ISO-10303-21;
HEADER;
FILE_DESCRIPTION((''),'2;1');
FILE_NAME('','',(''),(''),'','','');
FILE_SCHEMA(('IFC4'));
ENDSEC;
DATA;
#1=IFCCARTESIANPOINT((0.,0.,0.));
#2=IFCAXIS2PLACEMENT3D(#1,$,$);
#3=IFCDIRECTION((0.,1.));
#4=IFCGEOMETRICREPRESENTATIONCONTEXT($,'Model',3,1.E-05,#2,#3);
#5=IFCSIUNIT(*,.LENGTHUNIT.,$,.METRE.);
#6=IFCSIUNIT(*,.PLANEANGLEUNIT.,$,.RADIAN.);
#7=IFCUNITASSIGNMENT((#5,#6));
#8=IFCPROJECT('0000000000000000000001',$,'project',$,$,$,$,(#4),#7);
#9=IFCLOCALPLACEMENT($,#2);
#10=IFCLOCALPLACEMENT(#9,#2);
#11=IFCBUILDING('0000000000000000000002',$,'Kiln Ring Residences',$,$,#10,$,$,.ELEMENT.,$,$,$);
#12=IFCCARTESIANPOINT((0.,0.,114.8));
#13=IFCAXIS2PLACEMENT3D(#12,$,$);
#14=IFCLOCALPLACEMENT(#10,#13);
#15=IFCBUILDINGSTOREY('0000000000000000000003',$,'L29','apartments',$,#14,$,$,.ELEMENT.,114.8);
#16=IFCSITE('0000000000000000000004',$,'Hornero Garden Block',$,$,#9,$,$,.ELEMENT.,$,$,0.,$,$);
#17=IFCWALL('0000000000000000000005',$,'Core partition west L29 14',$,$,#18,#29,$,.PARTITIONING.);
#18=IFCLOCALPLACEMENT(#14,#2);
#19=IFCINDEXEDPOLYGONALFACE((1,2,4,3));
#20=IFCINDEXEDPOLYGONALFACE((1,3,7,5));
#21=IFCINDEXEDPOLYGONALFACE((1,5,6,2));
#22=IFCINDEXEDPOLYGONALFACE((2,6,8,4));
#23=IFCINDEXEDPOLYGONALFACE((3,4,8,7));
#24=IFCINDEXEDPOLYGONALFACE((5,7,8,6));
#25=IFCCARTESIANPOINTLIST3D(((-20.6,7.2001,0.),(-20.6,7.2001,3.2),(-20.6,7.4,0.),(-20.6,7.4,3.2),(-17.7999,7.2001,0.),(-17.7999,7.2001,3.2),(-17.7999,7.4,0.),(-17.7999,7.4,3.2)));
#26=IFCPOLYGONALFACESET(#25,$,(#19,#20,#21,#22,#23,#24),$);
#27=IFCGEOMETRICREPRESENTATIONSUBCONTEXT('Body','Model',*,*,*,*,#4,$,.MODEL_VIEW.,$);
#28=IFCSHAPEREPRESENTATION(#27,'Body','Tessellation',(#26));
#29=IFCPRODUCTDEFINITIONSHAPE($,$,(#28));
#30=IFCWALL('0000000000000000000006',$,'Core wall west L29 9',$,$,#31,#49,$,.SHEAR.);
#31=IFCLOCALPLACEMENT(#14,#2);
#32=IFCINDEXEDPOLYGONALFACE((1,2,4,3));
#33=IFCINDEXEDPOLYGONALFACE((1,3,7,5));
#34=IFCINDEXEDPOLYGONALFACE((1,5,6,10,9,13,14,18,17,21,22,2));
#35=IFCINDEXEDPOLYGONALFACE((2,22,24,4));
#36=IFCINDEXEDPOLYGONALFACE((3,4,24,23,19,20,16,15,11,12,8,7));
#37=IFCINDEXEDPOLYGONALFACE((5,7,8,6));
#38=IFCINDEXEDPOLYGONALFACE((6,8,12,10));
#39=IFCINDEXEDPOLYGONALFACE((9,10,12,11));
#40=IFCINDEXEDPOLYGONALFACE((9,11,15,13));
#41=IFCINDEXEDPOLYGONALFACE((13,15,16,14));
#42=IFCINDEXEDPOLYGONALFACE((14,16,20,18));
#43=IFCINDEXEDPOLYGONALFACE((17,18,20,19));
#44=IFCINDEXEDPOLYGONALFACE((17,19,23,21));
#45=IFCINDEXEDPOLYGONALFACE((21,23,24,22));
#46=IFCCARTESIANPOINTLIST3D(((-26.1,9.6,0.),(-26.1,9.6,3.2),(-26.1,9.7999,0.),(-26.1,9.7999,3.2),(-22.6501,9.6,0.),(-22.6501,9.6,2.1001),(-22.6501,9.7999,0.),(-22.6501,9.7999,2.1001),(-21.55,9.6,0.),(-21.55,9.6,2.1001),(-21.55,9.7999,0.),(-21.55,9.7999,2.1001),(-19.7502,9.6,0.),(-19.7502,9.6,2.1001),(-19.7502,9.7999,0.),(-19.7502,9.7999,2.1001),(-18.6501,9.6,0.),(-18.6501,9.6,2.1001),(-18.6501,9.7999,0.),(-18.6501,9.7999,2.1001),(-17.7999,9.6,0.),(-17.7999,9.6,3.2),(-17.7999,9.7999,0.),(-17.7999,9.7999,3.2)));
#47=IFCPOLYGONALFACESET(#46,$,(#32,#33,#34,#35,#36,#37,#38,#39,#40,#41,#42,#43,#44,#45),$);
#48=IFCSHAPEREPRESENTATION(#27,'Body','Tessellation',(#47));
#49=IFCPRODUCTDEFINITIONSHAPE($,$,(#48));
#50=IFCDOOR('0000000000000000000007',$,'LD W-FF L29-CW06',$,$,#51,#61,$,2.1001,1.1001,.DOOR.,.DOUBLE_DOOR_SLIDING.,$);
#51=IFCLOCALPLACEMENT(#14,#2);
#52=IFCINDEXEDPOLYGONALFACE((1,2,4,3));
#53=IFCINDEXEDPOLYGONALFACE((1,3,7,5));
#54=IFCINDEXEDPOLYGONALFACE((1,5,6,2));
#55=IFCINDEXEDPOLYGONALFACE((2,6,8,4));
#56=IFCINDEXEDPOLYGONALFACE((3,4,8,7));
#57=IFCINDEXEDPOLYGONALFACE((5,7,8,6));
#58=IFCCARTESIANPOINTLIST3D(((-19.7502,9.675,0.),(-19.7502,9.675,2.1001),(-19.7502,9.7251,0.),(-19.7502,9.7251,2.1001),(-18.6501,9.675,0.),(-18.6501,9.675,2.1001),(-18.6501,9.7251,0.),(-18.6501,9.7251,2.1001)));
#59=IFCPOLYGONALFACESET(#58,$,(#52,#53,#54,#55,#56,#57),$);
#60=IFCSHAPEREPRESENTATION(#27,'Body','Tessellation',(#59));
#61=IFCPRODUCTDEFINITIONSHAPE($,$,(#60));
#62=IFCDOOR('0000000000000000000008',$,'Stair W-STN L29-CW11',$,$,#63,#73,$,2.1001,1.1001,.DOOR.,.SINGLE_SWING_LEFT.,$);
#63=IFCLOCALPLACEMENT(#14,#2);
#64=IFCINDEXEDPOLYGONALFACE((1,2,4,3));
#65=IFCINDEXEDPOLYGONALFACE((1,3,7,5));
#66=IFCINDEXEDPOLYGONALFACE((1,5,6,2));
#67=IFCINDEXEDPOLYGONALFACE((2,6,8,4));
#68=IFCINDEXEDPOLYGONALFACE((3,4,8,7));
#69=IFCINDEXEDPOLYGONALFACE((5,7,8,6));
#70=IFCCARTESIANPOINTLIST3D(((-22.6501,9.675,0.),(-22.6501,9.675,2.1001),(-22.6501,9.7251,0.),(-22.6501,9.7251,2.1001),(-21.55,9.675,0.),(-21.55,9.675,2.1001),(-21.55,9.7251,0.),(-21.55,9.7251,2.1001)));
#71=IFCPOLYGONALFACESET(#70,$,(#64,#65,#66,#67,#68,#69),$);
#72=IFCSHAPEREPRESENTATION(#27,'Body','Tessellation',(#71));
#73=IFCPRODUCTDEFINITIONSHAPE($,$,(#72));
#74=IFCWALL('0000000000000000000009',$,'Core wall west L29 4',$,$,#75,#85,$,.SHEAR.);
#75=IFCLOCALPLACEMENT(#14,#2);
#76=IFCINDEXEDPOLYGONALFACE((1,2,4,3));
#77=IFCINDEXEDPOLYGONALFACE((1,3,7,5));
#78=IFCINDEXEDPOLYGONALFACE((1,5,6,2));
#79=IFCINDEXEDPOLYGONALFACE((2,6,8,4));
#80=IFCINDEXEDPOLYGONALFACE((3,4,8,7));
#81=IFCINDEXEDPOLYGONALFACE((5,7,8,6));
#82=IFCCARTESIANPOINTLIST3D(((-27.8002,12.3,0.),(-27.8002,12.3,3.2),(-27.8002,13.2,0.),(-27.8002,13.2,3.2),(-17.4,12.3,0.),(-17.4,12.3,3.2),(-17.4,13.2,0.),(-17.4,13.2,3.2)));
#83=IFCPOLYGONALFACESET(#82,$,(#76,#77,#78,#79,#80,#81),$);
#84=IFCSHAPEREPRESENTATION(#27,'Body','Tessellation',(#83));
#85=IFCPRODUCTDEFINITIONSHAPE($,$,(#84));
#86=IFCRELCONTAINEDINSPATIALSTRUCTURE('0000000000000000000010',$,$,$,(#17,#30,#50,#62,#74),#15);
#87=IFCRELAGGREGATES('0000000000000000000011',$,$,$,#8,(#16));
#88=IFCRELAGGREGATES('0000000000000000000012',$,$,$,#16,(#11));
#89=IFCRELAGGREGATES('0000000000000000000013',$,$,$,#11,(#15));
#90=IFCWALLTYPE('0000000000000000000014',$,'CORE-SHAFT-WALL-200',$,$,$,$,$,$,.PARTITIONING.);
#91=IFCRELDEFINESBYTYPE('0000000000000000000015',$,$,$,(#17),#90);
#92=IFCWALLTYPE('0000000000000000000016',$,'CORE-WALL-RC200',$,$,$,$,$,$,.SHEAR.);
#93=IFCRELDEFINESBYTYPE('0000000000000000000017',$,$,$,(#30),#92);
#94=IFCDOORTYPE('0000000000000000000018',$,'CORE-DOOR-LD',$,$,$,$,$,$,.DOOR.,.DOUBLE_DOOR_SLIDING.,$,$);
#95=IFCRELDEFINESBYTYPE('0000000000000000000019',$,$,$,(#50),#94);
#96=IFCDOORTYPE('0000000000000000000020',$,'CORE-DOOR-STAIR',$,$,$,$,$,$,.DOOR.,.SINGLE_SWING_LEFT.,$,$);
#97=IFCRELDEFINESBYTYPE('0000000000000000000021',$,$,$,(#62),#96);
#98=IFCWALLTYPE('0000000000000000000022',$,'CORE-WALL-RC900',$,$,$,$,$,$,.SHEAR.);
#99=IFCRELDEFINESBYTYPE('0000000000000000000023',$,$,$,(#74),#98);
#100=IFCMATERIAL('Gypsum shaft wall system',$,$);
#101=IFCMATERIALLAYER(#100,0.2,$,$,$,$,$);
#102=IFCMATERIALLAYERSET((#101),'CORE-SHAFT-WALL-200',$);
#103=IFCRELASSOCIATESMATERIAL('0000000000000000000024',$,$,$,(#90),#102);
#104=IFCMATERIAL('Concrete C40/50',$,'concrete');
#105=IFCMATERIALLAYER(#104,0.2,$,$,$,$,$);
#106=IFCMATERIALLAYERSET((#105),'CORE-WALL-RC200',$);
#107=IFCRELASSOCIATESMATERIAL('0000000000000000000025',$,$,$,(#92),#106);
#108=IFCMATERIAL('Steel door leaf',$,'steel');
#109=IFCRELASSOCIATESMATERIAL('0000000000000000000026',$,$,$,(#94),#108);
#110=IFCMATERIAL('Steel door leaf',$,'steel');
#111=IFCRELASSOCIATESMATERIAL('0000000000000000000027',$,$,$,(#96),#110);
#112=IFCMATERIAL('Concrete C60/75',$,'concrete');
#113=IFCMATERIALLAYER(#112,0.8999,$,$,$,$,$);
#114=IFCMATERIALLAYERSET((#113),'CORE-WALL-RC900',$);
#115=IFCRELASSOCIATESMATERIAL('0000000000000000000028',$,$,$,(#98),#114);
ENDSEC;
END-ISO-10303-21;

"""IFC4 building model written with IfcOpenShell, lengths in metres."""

from ifc_helpers import new_model, si_unit, direction, frame, frame_2d, origin, place, context, subcontext, project, spatial, rectangle, extrude, material, layer, layer_set, type_object, element, fill, save


model = new_model("IFC4")

# Units and contexts
model_context = context("Model", 3, precision=1e-05, world=origin(), true_north=direction((0.0, 1.0)))
body_context = subcontext(model_context, "Body", "Model", "MODEL_VIEW")
ifc_project = project(units=[si_unit("LENGTHUNIT", "METRE"), si_unit("PLANEANGLEUNIT", "RADIAN")], contexts=[model_context])

# Site, building, storey
site_placement = place(None, origin())
site = spatial("IfcSite", under=ifc_project, at=site_placement, Name="Hornero Garden Block", CompositionType="ELEMENT", RefElevation=0.0)
building_placement = place(site_placement, origin())
building = spatial("IfcBuilding", under=site, at=building_placement, Name="Kiln Ring Residences", CompositionType="ELEMENT")
storey_placement = place(building_placement, frame((0.0, 0.0, 114.8)))
storey = spatial("IfcBuildingStorey", under=building, at=storey_placement, Name="L29", Description="apartments", CompositionType="ELEMENT", Elevation=114.8)

# Wall
ifc_material_1 = material(Name="Gypsum shaft wall system")
ifc_layer_1 = layer(ifc_material_1, 0.2)
ifc_layer_set_1 = layer_set([ifc_layer_1], Name="CORE-SHAFT-WALL-200")
wall_type_1 = type_object("IfcWallType", Name="CORE-SHAFT-WALL-200", PredefinedType="PARTITIONING", material=ifc_layer_set_1)
wall_1_placement = place(storey_placement, frame((-17.8, 7.3, 0.0), z_axis=(0.0, 0.0, 1.0), x_axis=(-1.0, 0.0, 0.0)))
element("IfcWall", 1, at=wall_1_placement, inside=storey, type_object=wall_type_1, Name="Core partition west L29 14", PredefinedType="PARTITIONING", context=body_context, shape_type="SweptSolid", body=[
    extrude(rectangle(XDim=2.8, YDim=0.2, at=frame_2d((1.3999, 0.0))), origin(), (0.0, 0.0, 1.0), 3.2),
])

# Wall, openings, doors
ifc_material_2 = material(Name="Concrete C40/50", Category="concrete")
ifc_layer_2 = layer(ifc_material_2, 0.2)
ifc_layer_set_2 = layer_set([ifc_layer_2], Name="CORE-WALL-RC200")
wall_type_2 = type_object("IfcWallType", Name="CORE-WALL-RC200", PredefinedType="SHEAR", material=ifc_layer_set_2)
wall_2_placement = place(storey_placement, frame((-17.8, 9.7, 0.0), z_axis=(0.0, 0.0, 1.0), x_axis=(-1.0, 0.0, 0.0)))
wall_2 = element("IfcWall", 2, at=wall_2_placement, inside=storey, type_object=wall_type_2, Name="Core wall west L29 9", PredefinedType="SHEAR", context=body_context, shape_type="SweptSolid", body=[
    extrude(rectangle(XDim=8.3, YDim=0.2, at=frame_2d((4.1499, 0.0))), origin(), (0.0, 0.0, 1.0), 3.2),
])
opening_1_placement = place(wall_2_placement, frame((0.8501, 0.0, 0.0)))
opening_1 = element("IfcOpeningElement", 3, at=opening_1_placement, cuts=wall_2, PredefinedType="OPENING", context=body_context, shape_type="SweptSolid", body=[
    extrude(rectangle(XDim=1.1001, YDim=2.1001, at=frame_2d((0.55, 1.05))), frame((0.0, 0.1099, 0.0), z_axis=(0.0, -1.0, 0.0), x_axis=(1.0, 0.0, 0.0)), (0.0, 0.0, 1.0), 0.22),
])
opening_2_placement = place(wall_2_placement, frame((3.75, 0.0, 0.0)))
opening_2 = element("IfcOpeningElement", 4, at=opening_2_placement, cuts=wall_2, PredefinedType="OPENING", context=body_context, shape_type="SweptSolid", body=[
    extrude(rectangle(XDim=1.1001, YDim=2.1001, at=frame_2d((0.55, 1.05))), frame((0.0, 0.1099, 0.0), z_axis=(0.0, -1.0, 0.0), x_axis=(1.0, 0.0, 0.0)), (0.0, 0.0, 1.0), 0.22),
])
ifc_material_3 = material(Name="Steel door leaf", Category="steel")
door_type_1 = type_object("IfcDoorType", Name="CORE-DOOR-LD", OperationType="DOUBLE_DOOR_SLIDING", PredefinedType="DOOR", material=ifc_material_3)
door_1_placement = place(opening_1_placement, origin())
door_1 = element("IfcDoor", 5, at=door_1_placement, inside=storey, type_object=door_type_1, Name="LD W-FF L29-CW06", OperationType="DOUBLE_DOOR_SLIDING", OverallHeight=2.1001, OverallWidth=1.1001, PredefinedType="DOOR", context=body_context, shape_type="SweptSolid", body=[
    extrude(rectangle(XDim=1.1001, YDim=2.1001, at=frame_2d((0.55, 1.05))), frame((0.0, 0.0249, 0.0), z_axis=(0.0, -1.0, 0.0), x_axis=(1.0, 0.0, 0.0)), (0.0, 0.0, 1.0), 0.05),
])
fill(opening_1, door_1)
ifc_material_4 = material(Name="Steel door leaf", Category="steel")
door_type_2 = type_object("IfcDoorType", Name="CORE-DOOR-STAIR", OperationType="SINGLE_SWING_LEFT", PredefinedType="DOOR", material=ifc_material_4)
door_2_placement = place(opening_2_placement, origin())
door_2 = element("IfcDoor", 6, at=door_2_placement, inside=storey, type_object=door_type_2, Name="Stair W-STN L29-CW11", OperationType="SINGLE_SWING_LEFT", OverallHeight=2.1001, OverallWidth=1.1001, PredefinedType="DOOR", context=body_context, shape_type="SweptSolid", body=[
    extrude(rectangle(XDim=1.1001, YDim=2.1001, at=frame_2d((0.55, 1.05))), frame((0.0, 0.0249, 0.0), z_axis=(0.0, -1.0, 0.0), x_axis=(1.0, 0.0, 0.0)), (0.0, 0.0, 1.0), 0.05),
])
fill(opening_2, door_2)

# Wall
ifc_material_5 = material(Name="Concrete C60/75", Category="concrete")
ifc_layer_3 = layer(ifc_material_5, 0.8999)
ifc_layer_set_3 = layer_set([ifc_layer_3], Name="CORE-WALL-RC900")
wall_type_3 = type_object("IfcWallType", Name="CORE-WALL-RC900", PredefinedType="SHEAR", material=ifc_layer_set_3)
wall_3_placement = place(storey_placement, frame((-17.3999, 12.75, 0.0), z_axis=(0.0, 0.0, 1.0), x_axis=(-1.0, 0.0, 0.0)))
element("IfcWall", 7, at=wall_3_placement, inside=storey, type_object=wall_type_3, Name="Core wall west L29 4", PredefinedType="SHEAR", context=body_context, shape_type="SweptSolid", body=[
    extrude(rectangle(XDim=10.4001, YDim=0.8999, at=frame_2d((5.2002, 0.0))), origin(), (0.0, 0.0, 1.0), 3.2),
])

save(model, "model.ifc")
